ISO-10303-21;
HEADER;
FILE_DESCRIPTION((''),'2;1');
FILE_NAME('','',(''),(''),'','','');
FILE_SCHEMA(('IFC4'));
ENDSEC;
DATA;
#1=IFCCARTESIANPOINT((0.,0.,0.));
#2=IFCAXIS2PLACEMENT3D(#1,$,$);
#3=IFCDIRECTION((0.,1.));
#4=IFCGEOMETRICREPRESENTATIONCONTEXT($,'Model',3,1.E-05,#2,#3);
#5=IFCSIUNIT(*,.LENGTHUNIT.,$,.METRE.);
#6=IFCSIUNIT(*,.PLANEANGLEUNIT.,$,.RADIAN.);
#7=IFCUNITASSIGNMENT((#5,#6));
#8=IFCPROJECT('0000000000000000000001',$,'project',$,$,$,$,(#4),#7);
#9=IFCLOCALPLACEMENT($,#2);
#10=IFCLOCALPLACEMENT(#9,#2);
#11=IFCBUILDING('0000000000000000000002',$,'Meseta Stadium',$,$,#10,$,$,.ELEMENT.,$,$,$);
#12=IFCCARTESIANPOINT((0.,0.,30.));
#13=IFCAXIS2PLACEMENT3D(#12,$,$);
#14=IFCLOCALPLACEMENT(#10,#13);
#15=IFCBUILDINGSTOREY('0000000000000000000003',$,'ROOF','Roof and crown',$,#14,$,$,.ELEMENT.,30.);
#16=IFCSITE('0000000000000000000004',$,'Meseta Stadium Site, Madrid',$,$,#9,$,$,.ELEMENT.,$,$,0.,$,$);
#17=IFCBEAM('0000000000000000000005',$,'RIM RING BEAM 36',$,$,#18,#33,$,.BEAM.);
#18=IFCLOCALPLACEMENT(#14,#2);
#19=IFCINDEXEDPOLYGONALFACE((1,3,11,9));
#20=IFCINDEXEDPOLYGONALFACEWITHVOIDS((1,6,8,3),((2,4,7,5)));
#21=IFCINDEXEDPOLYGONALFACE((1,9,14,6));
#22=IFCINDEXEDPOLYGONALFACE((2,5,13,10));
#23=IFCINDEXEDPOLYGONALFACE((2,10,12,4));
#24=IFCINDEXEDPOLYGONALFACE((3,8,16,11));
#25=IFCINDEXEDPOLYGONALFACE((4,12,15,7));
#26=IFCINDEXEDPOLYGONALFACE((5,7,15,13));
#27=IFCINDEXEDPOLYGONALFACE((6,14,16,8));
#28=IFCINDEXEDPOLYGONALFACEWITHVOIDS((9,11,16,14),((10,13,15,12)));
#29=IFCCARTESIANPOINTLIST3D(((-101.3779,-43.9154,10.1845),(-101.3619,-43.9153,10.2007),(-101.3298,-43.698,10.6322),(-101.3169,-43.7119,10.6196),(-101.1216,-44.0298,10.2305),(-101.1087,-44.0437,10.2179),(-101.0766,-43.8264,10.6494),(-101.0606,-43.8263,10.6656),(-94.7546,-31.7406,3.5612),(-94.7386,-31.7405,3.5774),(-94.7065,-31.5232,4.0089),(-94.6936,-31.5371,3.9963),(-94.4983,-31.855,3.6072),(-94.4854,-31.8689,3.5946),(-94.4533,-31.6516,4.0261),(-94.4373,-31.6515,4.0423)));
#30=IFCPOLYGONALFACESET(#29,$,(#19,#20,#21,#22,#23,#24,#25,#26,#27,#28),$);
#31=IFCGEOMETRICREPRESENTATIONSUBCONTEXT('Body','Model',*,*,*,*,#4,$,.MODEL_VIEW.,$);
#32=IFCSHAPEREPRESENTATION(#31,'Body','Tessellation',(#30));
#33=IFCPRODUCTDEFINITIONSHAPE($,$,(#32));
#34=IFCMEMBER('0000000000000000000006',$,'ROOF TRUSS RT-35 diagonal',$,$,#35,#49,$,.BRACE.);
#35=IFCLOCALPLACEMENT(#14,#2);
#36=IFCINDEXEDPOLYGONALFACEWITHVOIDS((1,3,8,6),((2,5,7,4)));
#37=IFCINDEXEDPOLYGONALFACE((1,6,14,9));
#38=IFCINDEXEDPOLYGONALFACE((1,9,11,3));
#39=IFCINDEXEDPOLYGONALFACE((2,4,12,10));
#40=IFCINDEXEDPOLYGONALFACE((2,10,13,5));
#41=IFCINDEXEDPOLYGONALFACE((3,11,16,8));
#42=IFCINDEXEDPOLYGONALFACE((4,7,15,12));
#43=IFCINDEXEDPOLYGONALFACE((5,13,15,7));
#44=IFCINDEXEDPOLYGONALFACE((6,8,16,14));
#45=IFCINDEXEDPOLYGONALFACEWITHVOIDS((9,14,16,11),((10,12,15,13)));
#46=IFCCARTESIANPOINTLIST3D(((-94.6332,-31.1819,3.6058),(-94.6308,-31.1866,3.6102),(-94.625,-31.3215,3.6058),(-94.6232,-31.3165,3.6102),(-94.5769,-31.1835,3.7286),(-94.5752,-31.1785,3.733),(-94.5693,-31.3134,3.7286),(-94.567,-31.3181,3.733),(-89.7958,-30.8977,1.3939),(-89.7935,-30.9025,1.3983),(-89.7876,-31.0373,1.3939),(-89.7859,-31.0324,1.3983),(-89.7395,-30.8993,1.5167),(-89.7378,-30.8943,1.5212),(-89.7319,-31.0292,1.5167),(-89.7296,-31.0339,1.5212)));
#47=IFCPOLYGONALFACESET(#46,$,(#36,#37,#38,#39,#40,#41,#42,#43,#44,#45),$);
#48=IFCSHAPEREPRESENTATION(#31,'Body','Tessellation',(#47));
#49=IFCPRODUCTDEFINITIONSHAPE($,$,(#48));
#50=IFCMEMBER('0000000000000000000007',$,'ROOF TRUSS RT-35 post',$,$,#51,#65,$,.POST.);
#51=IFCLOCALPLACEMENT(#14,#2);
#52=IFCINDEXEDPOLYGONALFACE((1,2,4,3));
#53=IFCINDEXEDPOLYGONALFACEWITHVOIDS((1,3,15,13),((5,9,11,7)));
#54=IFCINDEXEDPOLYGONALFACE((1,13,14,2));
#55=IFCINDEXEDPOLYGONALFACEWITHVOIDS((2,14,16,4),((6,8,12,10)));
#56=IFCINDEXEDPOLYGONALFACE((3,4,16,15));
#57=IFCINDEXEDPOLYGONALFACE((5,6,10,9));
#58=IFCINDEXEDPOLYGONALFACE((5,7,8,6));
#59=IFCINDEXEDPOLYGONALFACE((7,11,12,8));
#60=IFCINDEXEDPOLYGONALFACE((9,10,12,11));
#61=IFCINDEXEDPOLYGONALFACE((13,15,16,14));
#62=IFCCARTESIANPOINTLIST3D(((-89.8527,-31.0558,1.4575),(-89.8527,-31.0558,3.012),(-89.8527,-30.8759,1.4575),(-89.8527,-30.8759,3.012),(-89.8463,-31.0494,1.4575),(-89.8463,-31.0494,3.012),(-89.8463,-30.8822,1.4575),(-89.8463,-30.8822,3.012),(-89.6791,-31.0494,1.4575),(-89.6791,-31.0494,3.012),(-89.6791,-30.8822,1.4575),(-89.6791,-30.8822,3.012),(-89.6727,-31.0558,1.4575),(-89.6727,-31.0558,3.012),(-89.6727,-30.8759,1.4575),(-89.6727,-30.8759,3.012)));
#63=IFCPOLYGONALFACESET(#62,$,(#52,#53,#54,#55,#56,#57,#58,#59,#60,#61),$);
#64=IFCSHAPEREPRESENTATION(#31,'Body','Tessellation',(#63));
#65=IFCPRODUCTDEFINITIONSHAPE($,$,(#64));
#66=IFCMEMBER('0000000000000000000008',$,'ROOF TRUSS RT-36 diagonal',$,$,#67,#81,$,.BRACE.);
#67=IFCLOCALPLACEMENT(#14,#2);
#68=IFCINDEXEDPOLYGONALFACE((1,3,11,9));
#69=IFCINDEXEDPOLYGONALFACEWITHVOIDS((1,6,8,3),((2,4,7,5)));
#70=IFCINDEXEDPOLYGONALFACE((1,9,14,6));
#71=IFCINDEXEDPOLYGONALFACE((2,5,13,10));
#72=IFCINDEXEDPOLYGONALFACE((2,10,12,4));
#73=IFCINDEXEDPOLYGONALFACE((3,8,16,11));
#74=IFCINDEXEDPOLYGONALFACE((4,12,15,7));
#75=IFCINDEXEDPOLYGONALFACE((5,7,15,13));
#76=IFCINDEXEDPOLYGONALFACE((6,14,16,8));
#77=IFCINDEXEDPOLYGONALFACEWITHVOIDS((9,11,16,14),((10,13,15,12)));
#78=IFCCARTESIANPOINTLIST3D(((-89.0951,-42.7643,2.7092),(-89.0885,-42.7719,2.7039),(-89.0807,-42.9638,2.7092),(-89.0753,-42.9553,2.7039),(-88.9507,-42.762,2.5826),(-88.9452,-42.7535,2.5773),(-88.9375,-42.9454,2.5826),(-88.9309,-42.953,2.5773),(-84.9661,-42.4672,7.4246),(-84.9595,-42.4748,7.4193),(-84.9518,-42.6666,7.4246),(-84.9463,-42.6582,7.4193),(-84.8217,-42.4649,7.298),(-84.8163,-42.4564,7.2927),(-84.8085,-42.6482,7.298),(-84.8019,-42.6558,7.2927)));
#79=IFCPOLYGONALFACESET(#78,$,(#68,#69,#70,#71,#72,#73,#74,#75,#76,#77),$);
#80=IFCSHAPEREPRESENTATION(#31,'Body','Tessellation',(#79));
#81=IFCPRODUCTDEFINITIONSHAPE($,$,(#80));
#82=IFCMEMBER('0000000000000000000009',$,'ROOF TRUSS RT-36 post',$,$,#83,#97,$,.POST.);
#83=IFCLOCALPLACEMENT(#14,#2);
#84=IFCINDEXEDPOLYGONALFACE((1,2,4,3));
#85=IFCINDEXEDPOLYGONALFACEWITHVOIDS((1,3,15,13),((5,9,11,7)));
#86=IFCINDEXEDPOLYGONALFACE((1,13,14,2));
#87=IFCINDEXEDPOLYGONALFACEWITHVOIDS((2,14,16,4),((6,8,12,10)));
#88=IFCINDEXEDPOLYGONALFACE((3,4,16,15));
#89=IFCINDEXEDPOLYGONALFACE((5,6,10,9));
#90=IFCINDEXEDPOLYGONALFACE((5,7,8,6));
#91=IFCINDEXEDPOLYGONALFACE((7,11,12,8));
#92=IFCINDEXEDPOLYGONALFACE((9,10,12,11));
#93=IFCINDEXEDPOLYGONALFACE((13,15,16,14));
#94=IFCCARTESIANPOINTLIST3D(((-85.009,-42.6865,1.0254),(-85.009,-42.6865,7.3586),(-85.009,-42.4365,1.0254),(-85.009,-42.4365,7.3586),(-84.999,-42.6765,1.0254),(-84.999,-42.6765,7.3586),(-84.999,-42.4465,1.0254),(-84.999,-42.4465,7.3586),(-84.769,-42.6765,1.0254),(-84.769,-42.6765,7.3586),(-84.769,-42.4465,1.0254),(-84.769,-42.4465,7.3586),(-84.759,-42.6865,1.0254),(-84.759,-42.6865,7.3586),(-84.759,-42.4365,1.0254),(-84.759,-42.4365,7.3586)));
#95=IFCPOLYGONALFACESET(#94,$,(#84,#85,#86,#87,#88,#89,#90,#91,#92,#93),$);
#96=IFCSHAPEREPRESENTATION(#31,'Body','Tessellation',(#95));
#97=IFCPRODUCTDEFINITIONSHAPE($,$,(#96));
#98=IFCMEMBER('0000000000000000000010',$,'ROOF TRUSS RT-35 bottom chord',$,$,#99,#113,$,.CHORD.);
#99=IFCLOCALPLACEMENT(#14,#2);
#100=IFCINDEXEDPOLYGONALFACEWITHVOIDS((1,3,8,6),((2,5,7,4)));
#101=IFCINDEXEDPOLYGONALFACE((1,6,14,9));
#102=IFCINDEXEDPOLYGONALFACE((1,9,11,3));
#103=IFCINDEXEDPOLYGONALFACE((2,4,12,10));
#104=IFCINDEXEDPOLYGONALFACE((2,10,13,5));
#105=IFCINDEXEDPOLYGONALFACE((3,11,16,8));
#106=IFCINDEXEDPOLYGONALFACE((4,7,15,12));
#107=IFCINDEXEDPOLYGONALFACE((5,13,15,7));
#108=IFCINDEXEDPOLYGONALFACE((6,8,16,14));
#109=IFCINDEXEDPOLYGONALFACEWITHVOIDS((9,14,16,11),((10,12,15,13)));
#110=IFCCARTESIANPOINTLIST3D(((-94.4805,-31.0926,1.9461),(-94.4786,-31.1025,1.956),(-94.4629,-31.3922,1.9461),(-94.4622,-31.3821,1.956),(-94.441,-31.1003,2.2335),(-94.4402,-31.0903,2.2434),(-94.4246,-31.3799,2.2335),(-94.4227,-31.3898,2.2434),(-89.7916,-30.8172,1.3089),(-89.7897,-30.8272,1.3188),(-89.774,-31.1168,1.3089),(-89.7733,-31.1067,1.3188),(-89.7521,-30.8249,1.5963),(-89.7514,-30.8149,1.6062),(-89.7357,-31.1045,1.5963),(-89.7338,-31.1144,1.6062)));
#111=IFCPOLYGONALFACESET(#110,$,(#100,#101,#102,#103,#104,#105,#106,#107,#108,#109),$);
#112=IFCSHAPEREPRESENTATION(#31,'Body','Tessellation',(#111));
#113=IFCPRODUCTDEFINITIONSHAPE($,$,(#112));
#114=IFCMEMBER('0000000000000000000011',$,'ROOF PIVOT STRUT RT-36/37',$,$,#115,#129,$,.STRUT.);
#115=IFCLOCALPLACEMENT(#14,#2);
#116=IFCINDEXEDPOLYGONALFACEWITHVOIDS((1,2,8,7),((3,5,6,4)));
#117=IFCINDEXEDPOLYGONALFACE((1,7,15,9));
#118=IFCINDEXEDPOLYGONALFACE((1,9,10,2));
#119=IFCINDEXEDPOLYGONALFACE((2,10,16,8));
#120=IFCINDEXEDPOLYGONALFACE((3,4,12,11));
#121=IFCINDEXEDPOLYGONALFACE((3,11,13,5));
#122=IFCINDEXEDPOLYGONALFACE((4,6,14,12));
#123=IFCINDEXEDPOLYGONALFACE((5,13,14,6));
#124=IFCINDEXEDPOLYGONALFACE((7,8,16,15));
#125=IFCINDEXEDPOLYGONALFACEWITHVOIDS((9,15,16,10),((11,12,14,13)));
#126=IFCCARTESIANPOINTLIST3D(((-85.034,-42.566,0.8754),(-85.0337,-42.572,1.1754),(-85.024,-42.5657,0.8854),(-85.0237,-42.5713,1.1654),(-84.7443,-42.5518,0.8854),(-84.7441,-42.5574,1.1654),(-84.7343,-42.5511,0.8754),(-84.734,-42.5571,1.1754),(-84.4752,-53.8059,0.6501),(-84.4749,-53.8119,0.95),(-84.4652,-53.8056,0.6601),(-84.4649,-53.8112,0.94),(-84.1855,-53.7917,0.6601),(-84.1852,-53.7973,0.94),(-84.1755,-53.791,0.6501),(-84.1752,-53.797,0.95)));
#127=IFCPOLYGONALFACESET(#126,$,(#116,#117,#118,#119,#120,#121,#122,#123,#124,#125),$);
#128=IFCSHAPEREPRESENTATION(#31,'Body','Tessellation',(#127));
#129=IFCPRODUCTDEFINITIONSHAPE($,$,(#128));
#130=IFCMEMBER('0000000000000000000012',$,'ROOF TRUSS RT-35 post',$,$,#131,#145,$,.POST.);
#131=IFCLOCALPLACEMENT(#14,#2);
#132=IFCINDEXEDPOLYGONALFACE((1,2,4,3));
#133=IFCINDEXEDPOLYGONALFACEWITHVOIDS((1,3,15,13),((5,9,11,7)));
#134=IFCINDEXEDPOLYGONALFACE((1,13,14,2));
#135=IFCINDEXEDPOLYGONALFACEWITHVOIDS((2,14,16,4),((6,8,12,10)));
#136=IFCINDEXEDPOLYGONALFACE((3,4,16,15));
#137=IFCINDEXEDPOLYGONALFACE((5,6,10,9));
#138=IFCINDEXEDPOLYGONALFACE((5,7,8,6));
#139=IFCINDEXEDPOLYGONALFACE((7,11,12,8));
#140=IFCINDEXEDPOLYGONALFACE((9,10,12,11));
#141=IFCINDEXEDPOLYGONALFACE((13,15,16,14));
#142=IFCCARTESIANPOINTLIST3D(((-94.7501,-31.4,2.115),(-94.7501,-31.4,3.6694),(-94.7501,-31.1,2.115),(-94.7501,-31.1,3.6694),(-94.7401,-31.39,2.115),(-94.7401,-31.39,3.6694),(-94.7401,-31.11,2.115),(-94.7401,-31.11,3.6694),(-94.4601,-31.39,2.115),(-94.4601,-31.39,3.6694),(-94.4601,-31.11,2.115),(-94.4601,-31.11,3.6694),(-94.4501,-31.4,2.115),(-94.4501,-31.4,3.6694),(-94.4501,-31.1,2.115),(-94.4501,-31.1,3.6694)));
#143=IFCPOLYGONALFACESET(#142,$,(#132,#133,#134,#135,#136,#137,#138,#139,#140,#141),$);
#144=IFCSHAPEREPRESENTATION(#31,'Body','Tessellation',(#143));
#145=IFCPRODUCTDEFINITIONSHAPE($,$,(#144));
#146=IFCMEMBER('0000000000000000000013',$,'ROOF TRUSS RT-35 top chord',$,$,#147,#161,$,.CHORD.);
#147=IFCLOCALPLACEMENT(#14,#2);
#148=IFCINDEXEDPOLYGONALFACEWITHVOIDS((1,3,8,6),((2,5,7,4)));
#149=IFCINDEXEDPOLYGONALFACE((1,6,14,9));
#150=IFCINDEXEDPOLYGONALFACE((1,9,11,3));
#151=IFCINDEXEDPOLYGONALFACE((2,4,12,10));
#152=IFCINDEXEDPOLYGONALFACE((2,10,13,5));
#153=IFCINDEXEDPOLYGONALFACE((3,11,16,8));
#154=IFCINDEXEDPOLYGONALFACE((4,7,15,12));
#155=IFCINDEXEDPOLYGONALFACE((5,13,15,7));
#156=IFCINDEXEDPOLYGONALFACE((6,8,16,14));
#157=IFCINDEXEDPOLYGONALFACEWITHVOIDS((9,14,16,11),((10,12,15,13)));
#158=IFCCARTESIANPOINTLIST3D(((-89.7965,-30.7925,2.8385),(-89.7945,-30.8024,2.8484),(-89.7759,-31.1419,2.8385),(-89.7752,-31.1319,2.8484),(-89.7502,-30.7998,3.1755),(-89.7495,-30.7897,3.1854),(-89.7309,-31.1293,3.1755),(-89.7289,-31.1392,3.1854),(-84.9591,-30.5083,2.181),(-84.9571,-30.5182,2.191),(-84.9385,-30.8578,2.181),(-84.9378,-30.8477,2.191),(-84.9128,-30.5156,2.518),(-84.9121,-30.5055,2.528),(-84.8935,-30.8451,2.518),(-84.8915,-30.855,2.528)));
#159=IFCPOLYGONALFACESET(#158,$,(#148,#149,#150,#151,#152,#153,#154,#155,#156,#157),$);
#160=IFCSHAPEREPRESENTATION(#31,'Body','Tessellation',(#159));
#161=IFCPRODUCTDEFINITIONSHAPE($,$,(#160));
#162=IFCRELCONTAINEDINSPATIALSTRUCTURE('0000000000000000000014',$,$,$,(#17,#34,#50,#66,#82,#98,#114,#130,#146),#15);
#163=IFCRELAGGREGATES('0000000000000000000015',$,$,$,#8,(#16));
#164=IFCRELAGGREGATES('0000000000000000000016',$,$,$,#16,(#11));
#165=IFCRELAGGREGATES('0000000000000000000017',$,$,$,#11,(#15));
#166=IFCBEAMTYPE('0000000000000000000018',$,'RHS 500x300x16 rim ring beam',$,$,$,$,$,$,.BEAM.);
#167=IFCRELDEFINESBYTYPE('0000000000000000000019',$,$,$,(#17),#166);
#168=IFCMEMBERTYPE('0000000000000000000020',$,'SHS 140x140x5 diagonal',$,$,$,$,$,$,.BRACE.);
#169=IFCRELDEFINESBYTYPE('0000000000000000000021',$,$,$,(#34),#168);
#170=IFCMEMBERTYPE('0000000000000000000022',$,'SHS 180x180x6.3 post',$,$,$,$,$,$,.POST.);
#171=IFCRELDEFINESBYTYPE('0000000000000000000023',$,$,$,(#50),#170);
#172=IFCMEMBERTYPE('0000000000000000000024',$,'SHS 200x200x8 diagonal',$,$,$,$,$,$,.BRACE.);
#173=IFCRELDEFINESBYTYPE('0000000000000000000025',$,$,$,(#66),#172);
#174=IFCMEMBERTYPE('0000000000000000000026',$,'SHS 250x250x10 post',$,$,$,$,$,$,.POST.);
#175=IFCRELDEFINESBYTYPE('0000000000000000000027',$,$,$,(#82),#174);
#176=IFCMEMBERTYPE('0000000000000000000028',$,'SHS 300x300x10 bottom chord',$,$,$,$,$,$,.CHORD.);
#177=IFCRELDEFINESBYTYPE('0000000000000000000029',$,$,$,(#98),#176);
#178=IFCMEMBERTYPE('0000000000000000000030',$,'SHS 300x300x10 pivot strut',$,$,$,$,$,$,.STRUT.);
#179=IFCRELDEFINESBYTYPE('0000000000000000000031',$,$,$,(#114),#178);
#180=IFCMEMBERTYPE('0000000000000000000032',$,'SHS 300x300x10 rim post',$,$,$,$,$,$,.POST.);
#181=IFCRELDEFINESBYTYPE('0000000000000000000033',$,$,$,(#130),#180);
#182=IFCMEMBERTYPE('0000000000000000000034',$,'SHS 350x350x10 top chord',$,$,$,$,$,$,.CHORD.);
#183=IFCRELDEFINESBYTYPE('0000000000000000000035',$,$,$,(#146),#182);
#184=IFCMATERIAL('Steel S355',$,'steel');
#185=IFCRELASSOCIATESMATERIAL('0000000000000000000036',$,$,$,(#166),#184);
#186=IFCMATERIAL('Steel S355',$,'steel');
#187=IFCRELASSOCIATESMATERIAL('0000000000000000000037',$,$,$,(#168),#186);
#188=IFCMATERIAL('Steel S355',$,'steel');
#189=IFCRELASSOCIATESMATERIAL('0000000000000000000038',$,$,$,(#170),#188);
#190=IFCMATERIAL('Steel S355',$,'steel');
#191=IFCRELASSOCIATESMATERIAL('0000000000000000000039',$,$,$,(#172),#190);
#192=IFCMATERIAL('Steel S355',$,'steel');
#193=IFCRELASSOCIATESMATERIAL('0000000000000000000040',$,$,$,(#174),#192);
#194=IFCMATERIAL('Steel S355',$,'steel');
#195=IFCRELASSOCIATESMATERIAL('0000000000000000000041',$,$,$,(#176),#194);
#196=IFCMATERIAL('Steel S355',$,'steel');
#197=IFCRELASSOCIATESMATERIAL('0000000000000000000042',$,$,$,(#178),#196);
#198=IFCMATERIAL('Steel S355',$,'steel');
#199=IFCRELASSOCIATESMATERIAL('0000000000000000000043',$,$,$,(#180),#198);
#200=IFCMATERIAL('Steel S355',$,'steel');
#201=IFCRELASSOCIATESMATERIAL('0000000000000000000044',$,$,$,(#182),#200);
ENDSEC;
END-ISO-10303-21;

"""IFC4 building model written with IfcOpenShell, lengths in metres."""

from ifc_helpers import new_model, si_unit, direction, frame, origin, origin_2d, place, context, subcontext, project, spatial, hollow_rectangle, extrude, material, material_profile, profile_set, type_object, element, save


model = new_model("IFC4")

# Units and contexts
model_context = context("Model", 3, precision=1e-05, world=origin(), true_north=direction((0.0, 1.0)))
body_context = subcontext(model_context, "Body", "Model", "MODEL_VIEW")
ifc_project = project(units=[si_unit("LENGTHUNIT", "METRE"), si_unit("PLANEANGLEUNIT", "RADIAN")], contexts=[model_context])

# Site, building, storey
site_placement = place(None, origin())
site = spatial("IfcSite", under=ifc_project, at=site_placement, Name="Meseta Stadium Site, Madrid", CompositionType="ELEMENT", RefElevation=0.0)
building_placement = place(site_placement, origin())
building = spatial("IfcBuilding", under=site, at=building_placement, Name="Meseta Stadium", CompositionType="ELEMENT")
storey_placement = place(building_placement, frame((0.0, 0.0, 30.0)))
storey = spatial("IfcBuildingStorey", under=building, at=storey_placement, Name="ROOF", Description="Roof and crown", CompositionType="ELEMENT", Elevation=30.0)

# Beam
ifc_material_1 = material(Name="Steel S355", Category="steel")
ifc_material_profile_1 = material_profile(ifc_material_1, hollow_rectangle(XDim=0.3, YDim=0.5, WallThickness=0.0161, at=origin_2d()), Name="RHS 500x300x16")
ifc_profile_set_1 = profile_set([ifc_material_profile_1], Name="Steel S355")
beam_type = type_object("IfcBeamType", Name="RHS 500x300x16 rim ring beam", PredefinedType="BEAM", material=ifc_profile_set_1)
beam_placement = place(storey_placement, frame((-94.5959, -31.696, 3.8018), z_axis=(-0.431174, -0.792576, 0.431174), x_axis=(0.897129, -0.42753, 0.111252)))
element("IfcBeam", 1, at=beam_placement, inside=storey, type_object=beam_type, Name="RIM RING BEAM 36", PredefinedType="BEAM", context=body_context, shape_type="SweptSolid", body=[
    extrude(hollow_rectangle(XDim=0.3, YDim=0.5, WallThickness=0.0161, at=origin_2d()), origin(), (0.0, 0.0, 1.0), 15.3611),
])

# Members
ifc_material_2 = material(Name="Steel S355", Category="steel")
ifc_material_profile_2 = material_profile(ifc_material_2, hollow_rectangle(XDim=0.1399, YDim=0.1399, WallThickness=0.0049, at=origin_2d()), Name="SHS 140x140x5")
ifc_profile_set_2 = profile_set([ifc_material_profile_2], Name="Steel S355")
member_type_1 = type_object("IfcMemberType", Name="SHS 140x140x5 diagonal", PredefinedType="BRACE", material=ifc_profile_set_2)
member_1_placement = place(storey_placement, frame((-89.7627, -30.9658, 1.4575), z_axis=(-0.908142, -0.05335, 0.41525), x_axis=(0.058645, -0.998279, 0.0)))
element("IfcMember", 2, at=member_1_placement, inside=storey, type_object=member_type_1, Name="ROOF TRUSS RT-35 diagonal", PredefinedType="BRACE", context=body_context, shape_type="SweptSolid", body=[
    extrude(hollow_rectangle(XDim=0.1399, YDim=0.1399, WallThickness=0.0049, at=origin_2d()), origin(), (0.0, 0.0, 1.0), 5.3267),
])
ifc_material_3 = material(Name="Steel S355", Category="steel")
ifc_material_profile_3 = material_profile(ifc_material_3, hollow_rectangle(XDim=0.1799, YDim=0.1799, WallThickness=0.0063, at=origin_2d()), Name="SHS 180x180x6.3")
ifc_profile_set_3 = profile_set([ifc_material_profile_3], Name="Steel S355")
member_type_2 = type_object("IfcMemberType", Name="SHS 180x180x6.3 post", PredefinedType="POST", material=ifc_profile_set_3)
member_2_placement = place(storey_placement, frame((-89.7627, -30.9658, 1.4575), z_axis=(0.0, 0.0, 1.0), x_axis=(1.0, 0.0, 0.0)))
element("IfcMember", 3, at=member_2_placement, inside=storey, type_object=member_type_2, Name="ROOF TRUSS RT-35 post", PredefinedType="POST", context=body_context, shape_type="SweptSolid", body=[
    extrude(hollow_rectangle(XDim=0.1799, YDim=0.1799, WallThickness=0.0063, at=origin_2d()), origin(), (0.0, 0.0, 1.0), 1.5544),
])
ifc_material_4 = material(Name="Steel S355", Category="steel")
ifc_material_profile_4 = material_profile(ifc_material_4, hollow_rectangle(XDim=0.2, YDim=0.2, WallThickness=0.0081, at=origin_2d()), Name="SHS 200x200x8")
ifc_profile_set_4 = profile_set([ifc_material_profile_4], Name="Steel S355")
member_type_3 = type_object("IfcMemberType", Name="SHS 200x200x8 diagonal", PredefinedType="BRACE", material=ifc_profile_set_4)
member_3_placement = place(storey_placement, frame((-84.884, -42.5615, 7.3586), z_axis=(-0.658036, -0.047353, -0.751496), x_axis=(0.071775, -0.997421, 0.0)))
element("IfcMember", 4, at=member_3_placement, inside=storey, type_object=member_type_3, Name="ROOF TRUSS RT-36 diagonal", PredefinedType="BRACE", context=body_context, shape_type="SweptSolid", body=[
    extrude(hollow_rectangle(XDim=0.2, YDim=0.2, WallThickness=0.0081, at=origin_2d()), origin(), (0.0, 0.0, 1.0), 6.2747),
])
ifc_material_5 = material(Name="Steel S355", Category="steel")
ifc_material_profile_5 = material_profile(ifc_material_5, hollow_rectangle(XDim=0.25, YDim=0.25, WallThickness=0.01, at=origin_2d()), Name="SHS 250x250x10")
ifc_profile_set_5 = profile_set([ifc_material_profile_5], Name="Steel S355")
member_type_4 = type_object("IfcMemberType", Name="SHS 250x250x10 post", PredefinedType="POST", material=ifc_profile_set_5)
member_4_placement = place(storey_placement, frame((-84.884, -42.5615, 1.0254), z_axis=(0.0, 0.0, 1.0), x_axis=(1.0, 0.0, 0.0)))
element("IfcMember", 5, at=member_4_placement, inside=storey, type_object=member_type_4, Name="ROOF TRUSS RT-36 post", PredefinedType="POST", context=body_context, shape_type="SweptSolid", body=[
    extrude(hollow_rectangle(XDim=0.25, YDim=0.25, WallThickness=0.01, at=origin_2d()), origin(), (0.0, 0.0, 1.0), 6.3333),
])
ifc_material_6 = material(Name="Steel S355", Category="steel")
ifc_material_profile_6 = material_profile(ifc_material_6, hollow_rectangle(XDim=0.3, YDim=0.3, WallThickness=0.01, at=origin_2d()), Name="SHS 300x300x10")
ifc_profile_set_6 = profile_set([ifc_material_profile_6], Name="Steel S355")
member_type_5 = type_object("IfcMemberType", Name="SHS 300x300x10 bottom chord", PredefinedType="CHORD", material=ifc_profile_set_6)
member_5_placement = place(storey_placement, frame((-89.7627, -30.9658, 1.4575), z_axis=(-0.989218, -0.058098, 0.13443), x_axis=(0.058631, -0.99828, 0.0)))
element("IfcMember", 6, at=member_5_placement, inside=storey, type_object=member_type_5, Name="ROOF TRUSS RT-35 bottom chord", PredefinedType="CHORD", context=body_context, shape_type="SweptSolid", body=[
    extrude(hollow_rectangle(XDim=0.3, YDim=0.3, WallThickness=0.01, at=origin_2d()), origin(), (0.0, 0.0, 1.0), 4.74),
])
ifc_material_7 = material(Name="Steel S355", Category="steel")
ifc_material_profile_7 = material_profile(ifc_material_7, hollow_rectangle(XDim=0.3, YDim=0.3, WallThickness=0.01, at=origin_2d()), Name="SHS 300x300x10")
ifc_profile_set_7 = profile_set([ifc_material_profile_7], Name="Steel S355")
member_type_6 = type_object("IfcMemberType", Name="SHS 300x300x10 pivot strut", PredefinedType="STRUT", material=ifc_profile_set_7)
member_6_placement = place(storey_placement, frame((-84.884, -42.5615, 1.0254), z_axis=(0.049647, -0.998566, -0.020019), x_axis=(0.998766, 0.049657, 0.0)))
element("IfcMember", 7, at=member_6_placement, inside=storey, type_object=member_type_6, Name="ROOF PIVOT STRUT RT-36/37", PredefinedType="STRUT", context=body_context, shape_type="SweptSolid", body=[
    extrude(hollow_rectangle(XDim=0.3, YDim=0.3, WallThickness=0.01, at=origin_2d()), origin(), (0.0, 0.0, 1.0), 11.2561),
])
ifc_material_8 = material(Name="Steel S355", Category="steel")
ifc_material_profile_8 = material_profile(ifc_material_8, hollow_rectangle(XDim=0.3, YDim=0.3, WallThickness=0.01, at=origin_2d()), Name="SHS 300x300x10")
ifc_profile_set_8 = profile_set([ifc_material_profile_8], Name="Steel S355")
member_type_7 = type_object("IfcMemberType", Name="SHS 300x300x10 rim post", PredefinedType="POST", material=ifc_profile_set_8)
member_7_placement = place(storey_placement, frame((-94.6001, -31.25, 2.115), z_axis=(0.0, 0.0, 1.0), x_axis=(1.0, 0.0, 0.0)))
element("IfcMember", 8, at=member_7_placement, inside=storey, type_object=member_type_7, Name="ROOF TRUSS RT-35 post", PredefinedType="POST", context=body_context, shape_type="SweptSolid", body=[
    extrude(hollow_rectangle(XDim=0.3, YDim=0.3, WallThickness=0.01, at=origin_2d()), origin(), (0.0, 0.0, 1.0), 1.5544),
])
ifc_material_9 = material(Name="Steel S355", Category="steel")
ifc_material_profile_9 = material_profile(ifc_material_9, hollow_rectangle(XDim=0.3501, YDim=0.3501, WallThickness=0.01, at=origin_2d()), Name="SHS 350x350x10")
ifc_profile_set_9 = profile_set([ifc_material_profile_9], Name="Steel S355")
member_type_8 = type_object("IfcMemberType", Name="SHS 350x350x10 top chord", PredefinedType="CHORD", material=ifc_profile_set_9)
member_8_placement = place(storey_placement, frame((-84.9253, -30.6816, 2.3545), z_axis=(-0.989215, -0.058113, 0.134448), x_axis=(0.058645, -0.998279, 0.0)))
element("IfcMember", 9, at=member_8_placement, inside=storey, type_object=member_type_8, Name="ROOF TRUSS RT-35 top chord", PredefinedType="CHORD", context=body_context, shape_type="SweptSolid", body=[
    extrude(hollow_rectangle(XDim=0.3501, YDim=0.3501, WallThickness=0.01, at=origin_2d()), origin(), (0.0, 0.0, 1.0), 4.8901),
])

save(model, "model.ifc")
